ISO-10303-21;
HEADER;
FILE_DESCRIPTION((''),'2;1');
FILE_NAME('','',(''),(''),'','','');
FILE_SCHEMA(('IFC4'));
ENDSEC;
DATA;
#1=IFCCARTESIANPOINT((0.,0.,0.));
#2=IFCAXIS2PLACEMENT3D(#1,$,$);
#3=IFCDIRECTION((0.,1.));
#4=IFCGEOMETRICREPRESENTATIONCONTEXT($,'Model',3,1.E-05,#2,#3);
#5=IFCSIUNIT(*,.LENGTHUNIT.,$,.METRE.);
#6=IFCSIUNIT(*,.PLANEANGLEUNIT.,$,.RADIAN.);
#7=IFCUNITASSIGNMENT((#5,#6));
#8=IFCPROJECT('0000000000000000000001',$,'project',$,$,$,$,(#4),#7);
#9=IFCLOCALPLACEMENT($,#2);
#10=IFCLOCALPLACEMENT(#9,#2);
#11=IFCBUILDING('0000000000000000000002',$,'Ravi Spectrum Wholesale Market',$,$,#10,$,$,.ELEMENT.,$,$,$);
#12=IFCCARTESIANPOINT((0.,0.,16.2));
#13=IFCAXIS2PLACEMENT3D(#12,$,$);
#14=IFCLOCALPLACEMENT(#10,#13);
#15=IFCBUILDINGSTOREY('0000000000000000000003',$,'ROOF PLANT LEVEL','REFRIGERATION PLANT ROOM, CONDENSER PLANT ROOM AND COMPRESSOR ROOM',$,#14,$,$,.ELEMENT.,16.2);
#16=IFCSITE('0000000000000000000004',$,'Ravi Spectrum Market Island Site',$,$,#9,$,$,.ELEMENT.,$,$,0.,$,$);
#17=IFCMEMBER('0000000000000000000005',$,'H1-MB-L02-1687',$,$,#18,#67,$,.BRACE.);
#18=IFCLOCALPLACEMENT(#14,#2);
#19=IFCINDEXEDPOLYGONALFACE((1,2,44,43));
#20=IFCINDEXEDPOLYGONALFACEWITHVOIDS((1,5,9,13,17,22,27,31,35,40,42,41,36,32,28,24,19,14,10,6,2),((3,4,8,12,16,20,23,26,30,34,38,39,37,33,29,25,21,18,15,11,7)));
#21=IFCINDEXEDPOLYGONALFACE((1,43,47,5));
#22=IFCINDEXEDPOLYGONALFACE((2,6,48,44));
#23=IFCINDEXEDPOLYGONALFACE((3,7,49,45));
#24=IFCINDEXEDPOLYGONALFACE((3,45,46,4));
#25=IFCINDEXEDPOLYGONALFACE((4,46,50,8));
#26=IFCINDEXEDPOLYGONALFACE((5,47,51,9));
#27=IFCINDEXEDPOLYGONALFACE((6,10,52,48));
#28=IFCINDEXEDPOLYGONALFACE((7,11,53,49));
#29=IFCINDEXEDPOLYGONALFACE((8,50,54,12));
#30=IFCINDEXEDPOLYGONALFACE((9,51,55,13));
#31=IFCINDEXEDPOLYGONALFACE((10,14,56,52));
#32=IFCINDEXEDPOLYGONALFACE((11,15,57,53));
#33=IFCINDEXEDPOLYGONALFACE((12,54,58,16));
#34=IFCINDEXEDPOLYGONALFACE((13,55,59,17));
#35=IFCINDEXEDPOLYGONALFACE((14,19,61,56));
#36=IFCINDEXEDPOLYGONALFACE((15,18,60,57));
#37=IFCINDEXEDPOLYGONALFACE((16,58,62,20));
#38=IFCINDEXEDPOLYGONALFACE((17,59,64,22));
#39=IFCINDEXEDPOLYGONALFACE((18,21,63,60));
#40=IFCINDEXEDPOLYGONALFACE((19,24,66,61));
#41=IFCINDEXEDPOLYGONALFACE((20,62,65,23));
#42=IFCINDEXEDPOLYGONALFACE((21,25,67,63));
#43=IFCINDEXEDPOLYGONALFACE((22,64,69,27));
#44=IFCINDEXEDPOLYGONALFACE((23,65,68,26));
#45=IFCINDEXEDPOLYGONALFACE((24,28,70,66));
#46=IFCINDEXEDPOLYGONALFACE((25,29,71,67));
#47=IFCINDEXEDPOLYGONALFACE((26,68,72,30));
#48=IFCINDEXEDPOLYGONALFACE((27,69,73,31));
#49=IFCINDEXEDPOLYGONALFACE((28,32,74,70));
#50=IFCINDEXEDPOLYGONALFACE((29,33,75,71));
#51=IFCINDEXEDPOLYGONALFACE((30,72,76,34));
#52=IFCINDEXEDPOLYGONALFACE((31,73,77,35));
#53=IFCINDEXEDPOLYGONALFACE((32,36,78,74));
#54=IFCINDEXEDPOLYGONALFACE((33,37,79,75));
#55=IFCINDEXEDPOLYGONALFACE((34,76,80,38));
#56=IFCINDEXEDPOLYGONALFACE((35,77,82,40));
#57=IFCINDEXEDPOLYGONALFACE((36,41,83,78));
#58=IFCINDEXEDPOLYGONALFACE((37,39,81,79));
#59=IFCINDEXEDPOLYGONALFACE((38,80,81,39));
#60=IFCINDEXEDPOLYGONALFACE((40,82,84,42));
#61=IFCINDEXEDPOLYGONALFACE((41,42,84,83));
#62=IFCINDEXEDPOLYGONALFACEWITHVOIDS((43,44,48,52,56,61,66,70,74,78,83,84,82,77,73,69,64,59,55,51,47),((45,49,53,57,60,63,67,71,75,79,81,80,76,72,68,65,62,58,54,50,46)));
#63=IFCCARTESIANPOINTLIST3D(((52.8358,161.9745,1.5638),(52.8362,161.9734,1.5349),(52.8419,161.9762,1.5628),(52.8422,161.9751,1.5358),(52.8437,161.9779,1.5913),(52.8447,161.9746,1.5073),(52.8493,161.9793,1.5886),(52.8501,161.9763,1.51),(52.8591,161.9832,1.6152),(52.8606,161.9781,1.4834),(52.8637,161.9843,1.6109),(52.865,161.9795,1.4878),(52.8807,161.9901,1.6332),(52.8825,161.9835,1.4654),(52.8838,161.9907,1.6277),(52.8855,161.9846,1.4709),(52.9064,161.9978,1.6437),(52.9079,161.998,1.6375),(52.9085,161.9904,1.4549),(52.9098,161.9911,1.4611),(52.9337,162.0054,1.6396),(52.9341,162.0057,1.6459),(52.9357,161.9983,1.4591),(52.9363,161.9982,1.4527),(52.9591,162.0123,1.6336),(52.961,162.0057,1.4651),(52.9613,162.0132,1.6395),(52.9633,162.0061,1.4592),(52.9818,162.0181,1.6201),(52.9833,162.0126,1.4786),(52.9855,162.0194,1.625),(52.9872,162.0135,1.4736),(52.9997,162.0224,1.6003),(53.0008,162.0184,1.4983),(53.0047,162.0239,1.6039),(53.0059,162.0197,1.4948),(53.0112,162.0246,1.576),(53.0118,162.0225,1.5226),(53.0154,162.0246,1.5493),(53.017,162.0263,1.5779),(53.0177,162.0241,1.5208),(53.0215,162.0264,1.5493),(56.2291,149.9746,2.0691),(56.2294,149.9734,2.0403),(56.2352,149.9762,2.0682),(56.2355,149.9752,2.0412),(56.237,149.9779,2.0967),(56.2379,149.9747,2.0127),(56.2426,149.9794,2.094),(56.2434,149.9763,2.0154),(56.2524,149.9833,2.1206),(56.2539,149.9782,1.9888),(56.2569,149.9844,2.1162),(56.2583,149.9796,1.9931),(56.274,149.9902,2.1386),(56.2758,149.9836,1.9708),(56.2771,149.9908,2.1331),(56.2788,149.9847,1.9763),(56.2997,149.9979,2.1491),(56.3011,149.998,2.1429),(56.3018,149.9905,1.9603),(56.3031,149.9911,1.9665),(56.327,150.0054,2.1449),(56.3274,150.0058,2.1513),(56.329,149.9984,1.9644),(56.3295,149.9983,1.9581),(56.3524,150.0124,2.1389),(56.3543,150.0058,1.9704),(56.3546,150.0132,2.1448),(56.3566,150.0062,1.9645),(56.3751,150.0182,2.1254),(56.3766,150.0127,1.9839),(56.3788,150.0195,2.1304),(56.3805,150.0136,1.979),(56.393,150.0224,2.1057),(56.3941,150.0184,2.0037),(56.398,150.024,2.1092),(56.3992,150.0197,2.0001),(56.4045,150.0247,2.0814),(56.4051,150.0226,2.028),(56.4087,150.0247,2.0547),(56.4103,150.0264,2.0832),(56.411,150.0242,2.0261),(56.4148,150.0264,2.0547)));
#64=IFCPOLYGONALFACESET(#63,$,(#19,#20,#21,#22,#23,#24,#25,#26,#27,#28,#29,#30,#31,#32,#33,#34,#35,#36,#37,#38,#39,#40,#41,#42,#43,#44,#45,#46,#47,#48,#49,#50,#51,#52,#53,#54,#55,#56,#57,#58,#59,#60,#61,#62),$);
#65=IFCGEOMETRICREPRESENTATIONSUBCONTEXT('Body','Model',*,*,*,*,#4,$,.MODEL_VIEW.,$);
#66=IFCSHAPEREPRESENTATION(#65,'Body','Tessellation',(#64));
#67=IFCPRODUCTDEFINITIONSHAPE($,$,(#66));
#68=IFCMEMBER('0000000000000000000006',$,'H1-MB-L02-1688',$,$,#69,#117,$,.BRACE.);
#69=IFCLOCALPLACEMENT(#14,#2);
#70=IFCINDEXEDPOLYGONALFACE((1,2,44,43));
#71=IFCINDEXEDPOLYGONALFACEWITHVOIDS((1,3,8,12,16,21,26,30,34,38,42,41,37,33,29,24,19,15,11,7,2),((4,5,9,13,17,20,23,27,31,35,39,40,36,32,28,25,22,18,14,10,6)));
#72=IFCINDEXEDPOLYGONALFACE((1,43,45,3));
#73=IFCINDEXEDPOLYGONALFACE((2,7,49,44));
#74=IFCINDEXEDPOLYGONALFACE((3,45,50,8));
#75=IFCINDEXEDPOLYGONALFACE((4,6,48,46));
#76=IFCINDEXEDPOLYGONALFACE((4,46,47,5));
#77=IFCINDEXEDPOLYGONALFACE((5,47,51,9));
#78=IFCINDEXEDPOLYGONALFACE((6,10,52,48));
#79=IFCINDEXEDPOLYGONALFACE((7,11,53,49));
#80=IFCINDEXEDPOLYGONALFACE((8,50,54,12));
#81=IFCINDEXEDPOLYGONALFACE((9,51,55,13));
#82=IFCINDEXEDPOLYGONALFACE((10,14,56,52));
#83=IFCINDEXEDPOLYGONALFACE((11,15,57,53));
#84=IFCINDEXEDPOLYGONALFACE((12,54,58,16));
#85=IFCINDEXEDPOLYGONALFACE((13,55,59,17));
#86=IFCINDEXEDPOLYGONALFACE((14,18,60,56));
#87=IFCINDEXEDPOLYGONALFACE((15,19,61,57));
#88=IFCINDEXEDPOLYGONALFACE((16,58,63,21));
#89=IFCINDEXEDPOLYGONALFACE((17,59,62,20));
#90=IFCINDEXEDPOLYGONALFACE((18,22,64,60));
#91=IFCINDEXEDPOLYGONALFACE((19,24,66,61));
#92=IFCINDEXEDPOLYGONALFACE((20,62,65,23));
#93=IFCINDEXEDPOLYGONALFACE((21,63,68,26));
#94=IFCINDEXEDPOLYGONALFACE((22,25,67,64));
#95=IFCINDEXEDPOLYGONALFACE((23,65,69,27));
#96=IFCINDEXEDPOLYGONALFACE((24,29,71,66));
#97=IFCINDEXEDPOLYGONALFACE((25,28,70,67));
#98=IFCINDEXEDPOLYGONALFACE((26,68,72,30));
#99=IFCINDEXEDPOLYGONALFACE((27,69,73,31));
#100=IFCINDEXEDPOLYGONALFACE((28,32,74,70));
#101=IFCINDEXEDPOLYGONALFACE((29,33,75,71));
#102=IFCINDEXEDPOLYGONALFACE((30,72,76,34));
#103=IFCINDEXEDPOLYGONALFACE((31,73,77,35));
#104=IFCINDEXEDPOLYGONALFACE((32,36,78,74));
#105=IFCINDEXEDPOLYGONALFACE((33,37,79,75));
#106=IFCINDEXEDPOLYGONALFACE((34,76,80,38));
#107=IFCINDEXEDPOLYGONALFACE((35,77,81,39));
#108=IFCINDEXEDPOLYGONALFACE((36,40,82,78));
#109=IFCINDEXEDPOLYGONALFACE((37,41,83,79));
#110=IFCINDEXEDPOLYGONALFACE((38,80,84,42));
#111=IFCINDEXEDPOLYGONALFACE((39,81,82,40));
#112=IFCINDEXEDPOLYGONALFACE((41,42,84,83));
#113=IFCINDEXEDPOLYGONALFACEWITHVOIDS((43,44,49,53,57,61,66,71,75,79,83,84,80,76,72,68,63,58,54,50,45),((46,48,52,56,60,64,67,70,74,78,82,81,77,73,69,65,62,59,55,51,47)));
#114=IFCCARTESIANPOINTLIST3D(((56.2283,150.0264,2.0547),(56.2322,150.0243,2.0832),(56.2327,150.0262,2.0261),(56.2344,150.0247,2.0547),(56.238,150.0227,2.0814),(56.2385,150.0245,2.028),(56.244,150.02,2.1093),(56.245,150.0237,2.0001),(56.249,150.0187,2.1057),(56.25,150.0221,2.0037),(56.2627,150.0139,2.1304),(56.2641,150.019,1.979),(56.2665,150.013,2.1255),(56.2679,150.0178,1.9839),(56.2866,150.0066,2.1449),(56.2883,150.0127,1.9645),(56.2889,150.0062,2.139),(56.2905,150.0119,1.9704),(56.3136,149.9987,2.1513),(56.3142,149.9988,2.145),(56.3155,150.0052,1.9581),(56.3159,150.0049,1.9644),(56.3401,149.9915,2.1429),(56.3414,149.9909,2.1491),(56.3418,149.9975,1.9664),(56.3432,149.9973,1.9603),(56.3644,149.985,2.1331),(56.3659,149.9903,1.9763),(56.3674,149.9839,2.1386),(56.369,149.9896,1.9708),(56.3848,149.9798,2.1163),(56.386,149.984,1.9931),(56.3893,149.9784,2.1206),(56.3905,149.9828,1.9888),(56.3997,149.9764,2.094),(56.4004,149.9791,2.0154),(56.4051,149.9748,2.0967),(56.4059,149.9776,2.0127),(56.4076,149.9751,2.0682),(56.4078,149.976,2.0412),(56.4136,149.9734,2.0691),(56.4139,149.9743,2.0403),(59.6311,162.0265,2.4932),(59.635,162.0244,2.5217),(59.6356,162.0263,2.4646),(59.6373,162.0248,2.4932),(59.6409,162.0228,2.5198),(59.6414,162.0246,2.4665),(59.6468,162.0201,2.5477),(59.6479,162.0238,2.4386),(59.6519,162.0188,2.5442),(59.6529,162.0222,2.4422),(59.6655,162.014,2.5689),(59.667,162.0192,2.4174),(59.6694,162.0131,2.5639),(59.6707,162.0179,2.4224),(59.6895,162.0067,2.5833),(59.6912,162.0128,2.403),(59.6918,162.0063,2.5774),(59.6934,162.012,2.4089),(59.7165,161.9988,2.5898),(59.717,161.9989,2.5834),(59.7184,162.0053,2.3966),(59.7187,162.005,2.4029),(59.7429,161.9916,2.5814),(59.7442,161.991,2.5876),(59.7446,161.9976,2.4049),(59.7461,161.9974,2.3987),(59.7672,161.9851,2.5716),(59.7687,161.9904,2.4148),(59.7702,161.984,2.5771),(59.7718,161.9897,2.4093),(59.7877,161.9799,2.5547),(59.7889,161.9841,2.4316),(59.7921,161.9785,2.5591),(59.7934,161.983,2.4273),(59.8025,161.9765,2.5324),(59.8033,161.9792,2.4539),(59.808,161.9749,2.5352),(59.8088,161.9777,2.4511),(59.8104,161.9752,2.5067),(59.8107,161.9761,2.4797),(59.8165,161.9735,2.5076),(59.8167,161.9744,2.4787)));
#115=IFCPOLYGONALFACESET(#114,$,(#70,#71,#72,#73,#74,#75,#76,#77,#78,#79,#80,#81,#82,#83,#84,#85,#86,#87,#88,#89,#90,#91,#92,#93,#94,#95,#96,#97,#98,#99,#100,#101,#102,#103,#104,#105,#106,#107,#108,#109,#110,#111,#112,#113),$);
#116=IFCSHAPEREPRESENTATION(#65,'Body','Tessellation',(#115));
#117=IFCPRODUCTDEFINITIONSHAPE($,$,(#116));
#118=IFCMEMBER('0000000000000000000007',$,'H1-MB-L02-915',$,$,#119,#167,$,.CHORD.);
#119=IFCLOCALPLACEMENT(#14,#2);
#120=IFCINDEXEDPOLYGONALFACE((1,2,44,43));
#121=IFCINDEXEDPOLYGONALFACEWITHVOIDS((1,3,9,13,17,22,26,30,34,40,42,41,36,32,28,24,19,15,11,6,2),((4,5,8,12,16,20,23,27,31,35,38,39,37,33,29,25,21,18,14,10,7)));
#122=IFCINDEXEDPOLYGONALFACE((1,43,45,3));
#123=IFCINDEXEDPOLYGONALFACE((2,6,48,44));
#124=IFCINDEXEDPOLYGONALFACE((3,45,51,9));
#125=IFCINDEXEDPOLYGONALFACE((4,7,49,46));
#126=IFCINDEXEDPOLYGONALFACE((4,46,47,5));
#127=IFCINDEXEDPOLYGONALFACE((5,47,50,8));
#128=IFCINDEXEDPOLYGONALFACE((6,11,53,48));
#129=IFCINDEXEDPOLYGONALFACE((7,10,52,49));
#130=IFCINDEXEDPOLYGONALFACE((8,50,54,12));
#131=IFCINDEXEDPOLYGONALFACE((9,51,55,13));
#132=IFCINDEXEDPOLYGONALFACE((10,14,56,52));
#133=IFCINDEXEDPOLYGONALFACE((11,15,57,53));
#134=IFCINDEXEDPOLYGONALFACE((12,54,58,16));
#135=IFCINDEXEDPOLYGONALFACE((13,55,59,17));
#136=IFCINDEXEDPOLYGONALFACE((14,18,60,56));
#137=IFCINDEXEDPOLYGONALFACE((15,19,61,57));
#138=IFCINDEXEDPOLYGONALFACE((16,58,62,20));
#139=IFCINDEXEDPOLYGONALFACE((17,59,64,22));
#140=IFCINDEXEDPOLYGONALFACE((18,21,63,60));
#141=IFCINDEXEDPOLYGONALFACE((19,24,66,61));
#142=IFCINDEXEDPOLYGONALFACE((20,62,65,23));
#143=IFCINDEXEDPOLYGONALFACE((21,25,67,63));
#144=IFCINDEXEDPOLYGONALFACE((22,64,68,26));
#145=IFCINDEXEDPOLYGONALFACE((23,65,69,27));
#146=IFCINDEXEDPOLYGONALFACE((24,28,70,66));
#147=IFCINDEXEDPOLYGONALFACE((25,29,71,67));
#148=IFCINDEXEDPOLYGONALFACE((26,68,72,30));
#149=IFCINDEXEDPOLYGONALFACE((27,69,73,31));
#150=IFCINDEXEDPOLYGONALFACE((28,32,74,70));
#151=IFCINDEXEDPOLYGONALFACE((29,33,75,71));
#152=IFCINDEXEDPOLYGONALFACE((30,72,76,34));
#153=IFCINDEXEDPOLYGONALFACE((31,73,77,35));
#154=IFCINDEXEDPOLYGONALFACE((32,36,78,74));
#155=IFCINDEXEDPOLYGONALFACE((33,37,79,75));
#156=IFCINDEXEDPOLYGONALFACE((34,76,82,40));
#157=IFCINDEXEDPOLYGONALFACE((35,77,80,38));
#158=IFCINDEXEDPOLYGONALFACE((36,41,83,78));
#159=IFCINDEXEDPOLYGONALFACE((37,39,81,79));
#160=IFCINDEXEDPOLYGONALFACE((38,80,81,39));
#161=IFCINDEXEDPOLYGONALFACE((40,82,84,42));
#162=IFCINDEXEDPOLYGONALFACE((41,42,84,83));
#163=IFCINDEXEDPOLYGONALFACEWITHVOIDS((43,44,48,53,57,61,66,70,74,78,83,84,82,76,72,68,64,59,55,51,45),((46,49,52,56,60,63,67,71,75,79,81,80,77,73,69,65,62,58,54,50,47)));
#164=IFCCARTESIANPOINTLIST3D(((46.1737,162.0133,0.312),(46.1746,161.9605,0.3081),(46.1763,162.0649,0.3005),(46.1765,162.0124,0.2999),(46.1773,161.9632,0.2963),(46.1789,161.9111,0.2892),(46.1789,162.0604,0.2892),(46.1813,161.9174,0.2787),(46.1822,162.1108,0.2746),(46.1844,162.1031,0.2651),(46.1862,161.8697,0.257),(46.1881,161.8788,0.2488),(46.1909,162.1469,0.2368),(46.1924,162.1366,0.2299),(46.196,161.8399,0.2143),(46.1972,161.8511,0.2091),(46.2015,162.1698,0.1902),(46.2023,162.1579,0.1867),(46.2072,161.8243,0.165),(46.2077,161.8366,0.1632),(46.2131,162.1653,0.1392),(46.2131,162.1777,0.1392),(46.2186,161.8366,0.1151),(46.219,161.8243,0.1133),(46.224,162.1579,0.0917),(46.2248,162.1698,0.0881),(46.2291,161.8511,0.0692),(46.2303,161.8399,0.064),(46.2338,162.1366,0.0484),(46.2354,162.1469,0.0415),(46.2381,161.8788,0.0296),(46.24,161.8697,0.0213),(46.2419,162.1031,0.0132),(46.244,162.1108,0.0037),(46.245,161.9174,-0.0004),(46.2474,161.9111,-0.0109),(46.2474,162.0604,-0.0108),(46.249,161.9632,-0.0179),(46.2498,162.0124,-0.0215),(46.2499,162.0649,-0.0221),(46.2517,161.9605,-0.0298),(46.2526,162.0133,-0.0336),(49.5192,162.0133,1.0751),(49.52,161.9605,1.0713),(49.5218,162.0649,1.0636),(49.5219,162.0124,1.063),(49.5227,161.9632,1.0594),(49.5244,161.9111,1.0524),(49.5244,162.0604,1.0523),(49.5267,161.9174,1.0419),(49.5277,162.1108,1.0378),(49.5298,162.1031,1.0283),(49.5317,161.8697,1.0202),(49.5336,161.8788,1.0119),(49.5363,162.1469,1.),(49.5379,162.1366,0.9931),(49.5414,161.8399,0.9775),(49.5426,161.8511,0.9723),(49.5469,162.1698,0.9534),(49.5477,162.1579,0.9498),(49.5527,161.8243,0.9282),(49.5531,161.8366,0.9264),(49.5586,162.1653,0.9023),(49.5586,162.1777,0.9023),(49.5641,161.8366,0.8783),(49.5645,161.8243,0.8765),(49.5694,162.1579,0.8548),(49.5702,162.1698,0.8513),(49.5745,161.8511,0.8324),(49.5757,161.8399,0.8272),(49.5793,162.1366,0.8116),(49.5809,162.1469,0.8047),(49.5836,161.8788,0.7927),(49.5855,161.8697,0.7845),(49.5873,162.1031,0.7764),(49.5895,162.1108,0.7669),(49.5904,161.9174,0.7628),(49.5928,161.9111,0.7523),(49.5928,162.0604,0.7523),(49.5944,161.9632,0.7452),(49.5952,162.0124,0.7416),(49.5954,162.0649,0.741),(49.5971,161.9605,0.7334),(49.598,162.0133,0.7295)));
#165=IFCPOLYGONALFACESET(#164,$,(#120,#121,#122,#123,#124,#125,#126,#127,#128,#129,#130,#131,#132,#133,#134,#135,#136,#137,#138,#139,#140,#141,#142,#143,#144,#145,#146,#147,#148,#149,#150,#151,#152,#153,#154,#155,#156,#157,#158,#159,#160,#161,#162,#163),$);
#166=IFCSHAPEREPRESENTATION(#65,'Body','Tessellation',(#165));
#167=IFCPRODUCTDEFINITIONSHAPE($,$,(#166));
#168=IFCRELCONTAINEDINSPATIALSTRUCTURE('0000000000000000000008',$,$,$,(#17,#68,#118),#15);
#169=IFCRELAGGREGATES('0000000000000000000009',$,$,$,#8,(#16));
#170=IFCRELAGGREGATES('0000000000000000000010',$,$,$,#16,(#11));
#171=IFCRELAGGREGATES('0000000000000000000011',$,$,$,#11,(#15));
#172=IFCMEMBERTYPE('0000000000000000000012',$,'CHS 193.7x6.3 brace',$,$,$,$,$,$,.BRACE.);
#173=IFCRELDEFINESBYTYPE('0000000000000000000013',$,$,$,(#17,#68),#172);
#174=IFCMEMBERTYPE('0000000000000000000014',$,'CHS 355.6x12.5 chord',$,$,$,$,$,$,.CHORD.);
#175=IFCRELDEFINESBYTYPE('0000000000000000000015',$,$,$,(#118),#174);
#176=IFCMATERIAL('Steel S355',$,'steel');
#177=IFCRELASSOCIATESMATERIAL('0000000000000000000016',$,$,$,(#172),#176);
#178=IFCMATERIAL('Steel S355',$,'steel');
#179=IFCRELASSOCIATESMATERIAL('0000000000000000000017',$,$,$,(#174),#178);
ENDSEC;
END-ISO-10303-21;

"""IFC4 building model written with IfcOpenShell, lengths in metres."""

from ifc_helpers import new_model, si_unit, direction, frame, origin, origin_2d, place, context, subcontext, project, spatial, hollow_circle, extrude, material, material_profile, profile_set, type_object, element, save


model = new_model("IFC4")

# Units and contexts
model_context = context("Model", 3, precision=1e-05, world=origin(), true_north=direction((0.0, 1.0)))
body_context = subcontext(model_context, "Body", "Model", "MODEL_VIEW")
ifc_project = project(units=[si_unit("LENGTHUNIT", "METRE"), si_unit("PLANEANGLEUNIT", "RADIAN")], contexts=[model_context])

# Site, building, storey
site_placement = place(None, origin())
site = spatial("IfcSite", under=ifc_project, at=site_placement, Name="Ravi Spectrum Market Island Site", CompositionType="ELEMENT", RefElevation=0.0)
building_placement = place(site_placement, origin())
building = spatial("IfcBuilding", under=site, at=building_placement, Name="Ravi Spectrum Wholesale Market", CompositionType="ELEMENT")
storey_placement = place(building_placement, frame((0.0, 0.0, 16.2)))
storey = spatial("IfcBuildingStorey", under=building, at=storey_placement, Name="ROOF PLANT LEVEL", Description="REFRIGERATION PLANT ROOM, CONDENSER PLANT ROOM AND COMPRESSOR ROOM", CompositionType="ELEMENT", Elevation=16.2)

# Members
ifc_material_1 = material(Name="Steel S355", Category="steel")
ifc_material_profile_1 = material_profile(ifc_material_1, hollow_circle(Radius=0.0969, WallThickness=0.0063, at=origin_2d()))
ifc_profile_set_1 = profile_set([ifc_material_profile_1], Name="Steel S355")
member_type_1 = type_object("IfcMemberType", Name="CHS 193.7x6.3 brace", PredefinedType="BRACE", material=ifc_profile_set_1)
member_1_placement = place(storey_placement, frame((52.9282, 162.0, 1.5493), z_axis=(0.271883, -0.961478, 0.040492), x_axis=(0.962267, 0.272106, 0.0)))
element("IfcMember", 1, at=member_1_placement, inside=storey, type_object=member_type_1, Name="H1-MB-L02-1687", PredefinedType="BRACE", context=body_context, shape_type="SweptSolid", body=[
    extrude(hollow_circle(Radius=0.0969, WallThickness=0.0063, at=origin_2d()), origin(), (0.0, 0.0, 1.0), 12.4807),
])
member_2_placement = place(storey_placement, frame((56.3215, 150.0, 2.0547), z_axis=(0.272644, 0.961473, 0.035132), x_axis=(-0.962067, 0.272813, 0.0)))
element("IfcMember", 2, at=member_2_placement, inside=storey, type_object=member_type_1, Name="H1-MB-L02-1688", PredefinedType="BRACE", context=body_context, shape_type="SweptSolid", body=[
    extrude(hollow_circle(Radius=0.0969, WallThickness=0.0063, at=origin_2d()), origin(), (0.0, 0.0, 1.0), 12.481),
])
ifc_material_2 = material(Name="Steel S355", Category="steel")
ifc_material_profile_2 = material_profile(ifc_material_2, hollow_circle(Radius=0.1777, WallThickness=0.0125, at=origin_2d()))
ifc_profile_set_2 = profile_set([ifc_material_profile_2], Name="Steel S355")
member_type_2 = type_object("IfcMemberType", Name="CHS 355.6x12.5 chord", PredefinedType="CHORD", material=ifc_profile_set_2)
member_3_placement = place(storey_placement, frame((46.2131, 162.0, 0.1392), z_axis=(0.974953, 0.0, 0.222411), x_axis=(0.0, 1.0, 0.0)))
element("IfcMember", 3, at=member_3_placement, inside=storey, type_object=member_type_2, Name="H1-MB-L02-915", PredefinedType="CHORD", context=body_context, shape_type="SweptSolid", body=[
    extrude(hollow_circle(Radius=0.1777, WallThickness=0.0125, at=origin_2d()), origin(), (0.0, 0.0, 1.0), 3.4314),
])

save(model, "model.ifc")
